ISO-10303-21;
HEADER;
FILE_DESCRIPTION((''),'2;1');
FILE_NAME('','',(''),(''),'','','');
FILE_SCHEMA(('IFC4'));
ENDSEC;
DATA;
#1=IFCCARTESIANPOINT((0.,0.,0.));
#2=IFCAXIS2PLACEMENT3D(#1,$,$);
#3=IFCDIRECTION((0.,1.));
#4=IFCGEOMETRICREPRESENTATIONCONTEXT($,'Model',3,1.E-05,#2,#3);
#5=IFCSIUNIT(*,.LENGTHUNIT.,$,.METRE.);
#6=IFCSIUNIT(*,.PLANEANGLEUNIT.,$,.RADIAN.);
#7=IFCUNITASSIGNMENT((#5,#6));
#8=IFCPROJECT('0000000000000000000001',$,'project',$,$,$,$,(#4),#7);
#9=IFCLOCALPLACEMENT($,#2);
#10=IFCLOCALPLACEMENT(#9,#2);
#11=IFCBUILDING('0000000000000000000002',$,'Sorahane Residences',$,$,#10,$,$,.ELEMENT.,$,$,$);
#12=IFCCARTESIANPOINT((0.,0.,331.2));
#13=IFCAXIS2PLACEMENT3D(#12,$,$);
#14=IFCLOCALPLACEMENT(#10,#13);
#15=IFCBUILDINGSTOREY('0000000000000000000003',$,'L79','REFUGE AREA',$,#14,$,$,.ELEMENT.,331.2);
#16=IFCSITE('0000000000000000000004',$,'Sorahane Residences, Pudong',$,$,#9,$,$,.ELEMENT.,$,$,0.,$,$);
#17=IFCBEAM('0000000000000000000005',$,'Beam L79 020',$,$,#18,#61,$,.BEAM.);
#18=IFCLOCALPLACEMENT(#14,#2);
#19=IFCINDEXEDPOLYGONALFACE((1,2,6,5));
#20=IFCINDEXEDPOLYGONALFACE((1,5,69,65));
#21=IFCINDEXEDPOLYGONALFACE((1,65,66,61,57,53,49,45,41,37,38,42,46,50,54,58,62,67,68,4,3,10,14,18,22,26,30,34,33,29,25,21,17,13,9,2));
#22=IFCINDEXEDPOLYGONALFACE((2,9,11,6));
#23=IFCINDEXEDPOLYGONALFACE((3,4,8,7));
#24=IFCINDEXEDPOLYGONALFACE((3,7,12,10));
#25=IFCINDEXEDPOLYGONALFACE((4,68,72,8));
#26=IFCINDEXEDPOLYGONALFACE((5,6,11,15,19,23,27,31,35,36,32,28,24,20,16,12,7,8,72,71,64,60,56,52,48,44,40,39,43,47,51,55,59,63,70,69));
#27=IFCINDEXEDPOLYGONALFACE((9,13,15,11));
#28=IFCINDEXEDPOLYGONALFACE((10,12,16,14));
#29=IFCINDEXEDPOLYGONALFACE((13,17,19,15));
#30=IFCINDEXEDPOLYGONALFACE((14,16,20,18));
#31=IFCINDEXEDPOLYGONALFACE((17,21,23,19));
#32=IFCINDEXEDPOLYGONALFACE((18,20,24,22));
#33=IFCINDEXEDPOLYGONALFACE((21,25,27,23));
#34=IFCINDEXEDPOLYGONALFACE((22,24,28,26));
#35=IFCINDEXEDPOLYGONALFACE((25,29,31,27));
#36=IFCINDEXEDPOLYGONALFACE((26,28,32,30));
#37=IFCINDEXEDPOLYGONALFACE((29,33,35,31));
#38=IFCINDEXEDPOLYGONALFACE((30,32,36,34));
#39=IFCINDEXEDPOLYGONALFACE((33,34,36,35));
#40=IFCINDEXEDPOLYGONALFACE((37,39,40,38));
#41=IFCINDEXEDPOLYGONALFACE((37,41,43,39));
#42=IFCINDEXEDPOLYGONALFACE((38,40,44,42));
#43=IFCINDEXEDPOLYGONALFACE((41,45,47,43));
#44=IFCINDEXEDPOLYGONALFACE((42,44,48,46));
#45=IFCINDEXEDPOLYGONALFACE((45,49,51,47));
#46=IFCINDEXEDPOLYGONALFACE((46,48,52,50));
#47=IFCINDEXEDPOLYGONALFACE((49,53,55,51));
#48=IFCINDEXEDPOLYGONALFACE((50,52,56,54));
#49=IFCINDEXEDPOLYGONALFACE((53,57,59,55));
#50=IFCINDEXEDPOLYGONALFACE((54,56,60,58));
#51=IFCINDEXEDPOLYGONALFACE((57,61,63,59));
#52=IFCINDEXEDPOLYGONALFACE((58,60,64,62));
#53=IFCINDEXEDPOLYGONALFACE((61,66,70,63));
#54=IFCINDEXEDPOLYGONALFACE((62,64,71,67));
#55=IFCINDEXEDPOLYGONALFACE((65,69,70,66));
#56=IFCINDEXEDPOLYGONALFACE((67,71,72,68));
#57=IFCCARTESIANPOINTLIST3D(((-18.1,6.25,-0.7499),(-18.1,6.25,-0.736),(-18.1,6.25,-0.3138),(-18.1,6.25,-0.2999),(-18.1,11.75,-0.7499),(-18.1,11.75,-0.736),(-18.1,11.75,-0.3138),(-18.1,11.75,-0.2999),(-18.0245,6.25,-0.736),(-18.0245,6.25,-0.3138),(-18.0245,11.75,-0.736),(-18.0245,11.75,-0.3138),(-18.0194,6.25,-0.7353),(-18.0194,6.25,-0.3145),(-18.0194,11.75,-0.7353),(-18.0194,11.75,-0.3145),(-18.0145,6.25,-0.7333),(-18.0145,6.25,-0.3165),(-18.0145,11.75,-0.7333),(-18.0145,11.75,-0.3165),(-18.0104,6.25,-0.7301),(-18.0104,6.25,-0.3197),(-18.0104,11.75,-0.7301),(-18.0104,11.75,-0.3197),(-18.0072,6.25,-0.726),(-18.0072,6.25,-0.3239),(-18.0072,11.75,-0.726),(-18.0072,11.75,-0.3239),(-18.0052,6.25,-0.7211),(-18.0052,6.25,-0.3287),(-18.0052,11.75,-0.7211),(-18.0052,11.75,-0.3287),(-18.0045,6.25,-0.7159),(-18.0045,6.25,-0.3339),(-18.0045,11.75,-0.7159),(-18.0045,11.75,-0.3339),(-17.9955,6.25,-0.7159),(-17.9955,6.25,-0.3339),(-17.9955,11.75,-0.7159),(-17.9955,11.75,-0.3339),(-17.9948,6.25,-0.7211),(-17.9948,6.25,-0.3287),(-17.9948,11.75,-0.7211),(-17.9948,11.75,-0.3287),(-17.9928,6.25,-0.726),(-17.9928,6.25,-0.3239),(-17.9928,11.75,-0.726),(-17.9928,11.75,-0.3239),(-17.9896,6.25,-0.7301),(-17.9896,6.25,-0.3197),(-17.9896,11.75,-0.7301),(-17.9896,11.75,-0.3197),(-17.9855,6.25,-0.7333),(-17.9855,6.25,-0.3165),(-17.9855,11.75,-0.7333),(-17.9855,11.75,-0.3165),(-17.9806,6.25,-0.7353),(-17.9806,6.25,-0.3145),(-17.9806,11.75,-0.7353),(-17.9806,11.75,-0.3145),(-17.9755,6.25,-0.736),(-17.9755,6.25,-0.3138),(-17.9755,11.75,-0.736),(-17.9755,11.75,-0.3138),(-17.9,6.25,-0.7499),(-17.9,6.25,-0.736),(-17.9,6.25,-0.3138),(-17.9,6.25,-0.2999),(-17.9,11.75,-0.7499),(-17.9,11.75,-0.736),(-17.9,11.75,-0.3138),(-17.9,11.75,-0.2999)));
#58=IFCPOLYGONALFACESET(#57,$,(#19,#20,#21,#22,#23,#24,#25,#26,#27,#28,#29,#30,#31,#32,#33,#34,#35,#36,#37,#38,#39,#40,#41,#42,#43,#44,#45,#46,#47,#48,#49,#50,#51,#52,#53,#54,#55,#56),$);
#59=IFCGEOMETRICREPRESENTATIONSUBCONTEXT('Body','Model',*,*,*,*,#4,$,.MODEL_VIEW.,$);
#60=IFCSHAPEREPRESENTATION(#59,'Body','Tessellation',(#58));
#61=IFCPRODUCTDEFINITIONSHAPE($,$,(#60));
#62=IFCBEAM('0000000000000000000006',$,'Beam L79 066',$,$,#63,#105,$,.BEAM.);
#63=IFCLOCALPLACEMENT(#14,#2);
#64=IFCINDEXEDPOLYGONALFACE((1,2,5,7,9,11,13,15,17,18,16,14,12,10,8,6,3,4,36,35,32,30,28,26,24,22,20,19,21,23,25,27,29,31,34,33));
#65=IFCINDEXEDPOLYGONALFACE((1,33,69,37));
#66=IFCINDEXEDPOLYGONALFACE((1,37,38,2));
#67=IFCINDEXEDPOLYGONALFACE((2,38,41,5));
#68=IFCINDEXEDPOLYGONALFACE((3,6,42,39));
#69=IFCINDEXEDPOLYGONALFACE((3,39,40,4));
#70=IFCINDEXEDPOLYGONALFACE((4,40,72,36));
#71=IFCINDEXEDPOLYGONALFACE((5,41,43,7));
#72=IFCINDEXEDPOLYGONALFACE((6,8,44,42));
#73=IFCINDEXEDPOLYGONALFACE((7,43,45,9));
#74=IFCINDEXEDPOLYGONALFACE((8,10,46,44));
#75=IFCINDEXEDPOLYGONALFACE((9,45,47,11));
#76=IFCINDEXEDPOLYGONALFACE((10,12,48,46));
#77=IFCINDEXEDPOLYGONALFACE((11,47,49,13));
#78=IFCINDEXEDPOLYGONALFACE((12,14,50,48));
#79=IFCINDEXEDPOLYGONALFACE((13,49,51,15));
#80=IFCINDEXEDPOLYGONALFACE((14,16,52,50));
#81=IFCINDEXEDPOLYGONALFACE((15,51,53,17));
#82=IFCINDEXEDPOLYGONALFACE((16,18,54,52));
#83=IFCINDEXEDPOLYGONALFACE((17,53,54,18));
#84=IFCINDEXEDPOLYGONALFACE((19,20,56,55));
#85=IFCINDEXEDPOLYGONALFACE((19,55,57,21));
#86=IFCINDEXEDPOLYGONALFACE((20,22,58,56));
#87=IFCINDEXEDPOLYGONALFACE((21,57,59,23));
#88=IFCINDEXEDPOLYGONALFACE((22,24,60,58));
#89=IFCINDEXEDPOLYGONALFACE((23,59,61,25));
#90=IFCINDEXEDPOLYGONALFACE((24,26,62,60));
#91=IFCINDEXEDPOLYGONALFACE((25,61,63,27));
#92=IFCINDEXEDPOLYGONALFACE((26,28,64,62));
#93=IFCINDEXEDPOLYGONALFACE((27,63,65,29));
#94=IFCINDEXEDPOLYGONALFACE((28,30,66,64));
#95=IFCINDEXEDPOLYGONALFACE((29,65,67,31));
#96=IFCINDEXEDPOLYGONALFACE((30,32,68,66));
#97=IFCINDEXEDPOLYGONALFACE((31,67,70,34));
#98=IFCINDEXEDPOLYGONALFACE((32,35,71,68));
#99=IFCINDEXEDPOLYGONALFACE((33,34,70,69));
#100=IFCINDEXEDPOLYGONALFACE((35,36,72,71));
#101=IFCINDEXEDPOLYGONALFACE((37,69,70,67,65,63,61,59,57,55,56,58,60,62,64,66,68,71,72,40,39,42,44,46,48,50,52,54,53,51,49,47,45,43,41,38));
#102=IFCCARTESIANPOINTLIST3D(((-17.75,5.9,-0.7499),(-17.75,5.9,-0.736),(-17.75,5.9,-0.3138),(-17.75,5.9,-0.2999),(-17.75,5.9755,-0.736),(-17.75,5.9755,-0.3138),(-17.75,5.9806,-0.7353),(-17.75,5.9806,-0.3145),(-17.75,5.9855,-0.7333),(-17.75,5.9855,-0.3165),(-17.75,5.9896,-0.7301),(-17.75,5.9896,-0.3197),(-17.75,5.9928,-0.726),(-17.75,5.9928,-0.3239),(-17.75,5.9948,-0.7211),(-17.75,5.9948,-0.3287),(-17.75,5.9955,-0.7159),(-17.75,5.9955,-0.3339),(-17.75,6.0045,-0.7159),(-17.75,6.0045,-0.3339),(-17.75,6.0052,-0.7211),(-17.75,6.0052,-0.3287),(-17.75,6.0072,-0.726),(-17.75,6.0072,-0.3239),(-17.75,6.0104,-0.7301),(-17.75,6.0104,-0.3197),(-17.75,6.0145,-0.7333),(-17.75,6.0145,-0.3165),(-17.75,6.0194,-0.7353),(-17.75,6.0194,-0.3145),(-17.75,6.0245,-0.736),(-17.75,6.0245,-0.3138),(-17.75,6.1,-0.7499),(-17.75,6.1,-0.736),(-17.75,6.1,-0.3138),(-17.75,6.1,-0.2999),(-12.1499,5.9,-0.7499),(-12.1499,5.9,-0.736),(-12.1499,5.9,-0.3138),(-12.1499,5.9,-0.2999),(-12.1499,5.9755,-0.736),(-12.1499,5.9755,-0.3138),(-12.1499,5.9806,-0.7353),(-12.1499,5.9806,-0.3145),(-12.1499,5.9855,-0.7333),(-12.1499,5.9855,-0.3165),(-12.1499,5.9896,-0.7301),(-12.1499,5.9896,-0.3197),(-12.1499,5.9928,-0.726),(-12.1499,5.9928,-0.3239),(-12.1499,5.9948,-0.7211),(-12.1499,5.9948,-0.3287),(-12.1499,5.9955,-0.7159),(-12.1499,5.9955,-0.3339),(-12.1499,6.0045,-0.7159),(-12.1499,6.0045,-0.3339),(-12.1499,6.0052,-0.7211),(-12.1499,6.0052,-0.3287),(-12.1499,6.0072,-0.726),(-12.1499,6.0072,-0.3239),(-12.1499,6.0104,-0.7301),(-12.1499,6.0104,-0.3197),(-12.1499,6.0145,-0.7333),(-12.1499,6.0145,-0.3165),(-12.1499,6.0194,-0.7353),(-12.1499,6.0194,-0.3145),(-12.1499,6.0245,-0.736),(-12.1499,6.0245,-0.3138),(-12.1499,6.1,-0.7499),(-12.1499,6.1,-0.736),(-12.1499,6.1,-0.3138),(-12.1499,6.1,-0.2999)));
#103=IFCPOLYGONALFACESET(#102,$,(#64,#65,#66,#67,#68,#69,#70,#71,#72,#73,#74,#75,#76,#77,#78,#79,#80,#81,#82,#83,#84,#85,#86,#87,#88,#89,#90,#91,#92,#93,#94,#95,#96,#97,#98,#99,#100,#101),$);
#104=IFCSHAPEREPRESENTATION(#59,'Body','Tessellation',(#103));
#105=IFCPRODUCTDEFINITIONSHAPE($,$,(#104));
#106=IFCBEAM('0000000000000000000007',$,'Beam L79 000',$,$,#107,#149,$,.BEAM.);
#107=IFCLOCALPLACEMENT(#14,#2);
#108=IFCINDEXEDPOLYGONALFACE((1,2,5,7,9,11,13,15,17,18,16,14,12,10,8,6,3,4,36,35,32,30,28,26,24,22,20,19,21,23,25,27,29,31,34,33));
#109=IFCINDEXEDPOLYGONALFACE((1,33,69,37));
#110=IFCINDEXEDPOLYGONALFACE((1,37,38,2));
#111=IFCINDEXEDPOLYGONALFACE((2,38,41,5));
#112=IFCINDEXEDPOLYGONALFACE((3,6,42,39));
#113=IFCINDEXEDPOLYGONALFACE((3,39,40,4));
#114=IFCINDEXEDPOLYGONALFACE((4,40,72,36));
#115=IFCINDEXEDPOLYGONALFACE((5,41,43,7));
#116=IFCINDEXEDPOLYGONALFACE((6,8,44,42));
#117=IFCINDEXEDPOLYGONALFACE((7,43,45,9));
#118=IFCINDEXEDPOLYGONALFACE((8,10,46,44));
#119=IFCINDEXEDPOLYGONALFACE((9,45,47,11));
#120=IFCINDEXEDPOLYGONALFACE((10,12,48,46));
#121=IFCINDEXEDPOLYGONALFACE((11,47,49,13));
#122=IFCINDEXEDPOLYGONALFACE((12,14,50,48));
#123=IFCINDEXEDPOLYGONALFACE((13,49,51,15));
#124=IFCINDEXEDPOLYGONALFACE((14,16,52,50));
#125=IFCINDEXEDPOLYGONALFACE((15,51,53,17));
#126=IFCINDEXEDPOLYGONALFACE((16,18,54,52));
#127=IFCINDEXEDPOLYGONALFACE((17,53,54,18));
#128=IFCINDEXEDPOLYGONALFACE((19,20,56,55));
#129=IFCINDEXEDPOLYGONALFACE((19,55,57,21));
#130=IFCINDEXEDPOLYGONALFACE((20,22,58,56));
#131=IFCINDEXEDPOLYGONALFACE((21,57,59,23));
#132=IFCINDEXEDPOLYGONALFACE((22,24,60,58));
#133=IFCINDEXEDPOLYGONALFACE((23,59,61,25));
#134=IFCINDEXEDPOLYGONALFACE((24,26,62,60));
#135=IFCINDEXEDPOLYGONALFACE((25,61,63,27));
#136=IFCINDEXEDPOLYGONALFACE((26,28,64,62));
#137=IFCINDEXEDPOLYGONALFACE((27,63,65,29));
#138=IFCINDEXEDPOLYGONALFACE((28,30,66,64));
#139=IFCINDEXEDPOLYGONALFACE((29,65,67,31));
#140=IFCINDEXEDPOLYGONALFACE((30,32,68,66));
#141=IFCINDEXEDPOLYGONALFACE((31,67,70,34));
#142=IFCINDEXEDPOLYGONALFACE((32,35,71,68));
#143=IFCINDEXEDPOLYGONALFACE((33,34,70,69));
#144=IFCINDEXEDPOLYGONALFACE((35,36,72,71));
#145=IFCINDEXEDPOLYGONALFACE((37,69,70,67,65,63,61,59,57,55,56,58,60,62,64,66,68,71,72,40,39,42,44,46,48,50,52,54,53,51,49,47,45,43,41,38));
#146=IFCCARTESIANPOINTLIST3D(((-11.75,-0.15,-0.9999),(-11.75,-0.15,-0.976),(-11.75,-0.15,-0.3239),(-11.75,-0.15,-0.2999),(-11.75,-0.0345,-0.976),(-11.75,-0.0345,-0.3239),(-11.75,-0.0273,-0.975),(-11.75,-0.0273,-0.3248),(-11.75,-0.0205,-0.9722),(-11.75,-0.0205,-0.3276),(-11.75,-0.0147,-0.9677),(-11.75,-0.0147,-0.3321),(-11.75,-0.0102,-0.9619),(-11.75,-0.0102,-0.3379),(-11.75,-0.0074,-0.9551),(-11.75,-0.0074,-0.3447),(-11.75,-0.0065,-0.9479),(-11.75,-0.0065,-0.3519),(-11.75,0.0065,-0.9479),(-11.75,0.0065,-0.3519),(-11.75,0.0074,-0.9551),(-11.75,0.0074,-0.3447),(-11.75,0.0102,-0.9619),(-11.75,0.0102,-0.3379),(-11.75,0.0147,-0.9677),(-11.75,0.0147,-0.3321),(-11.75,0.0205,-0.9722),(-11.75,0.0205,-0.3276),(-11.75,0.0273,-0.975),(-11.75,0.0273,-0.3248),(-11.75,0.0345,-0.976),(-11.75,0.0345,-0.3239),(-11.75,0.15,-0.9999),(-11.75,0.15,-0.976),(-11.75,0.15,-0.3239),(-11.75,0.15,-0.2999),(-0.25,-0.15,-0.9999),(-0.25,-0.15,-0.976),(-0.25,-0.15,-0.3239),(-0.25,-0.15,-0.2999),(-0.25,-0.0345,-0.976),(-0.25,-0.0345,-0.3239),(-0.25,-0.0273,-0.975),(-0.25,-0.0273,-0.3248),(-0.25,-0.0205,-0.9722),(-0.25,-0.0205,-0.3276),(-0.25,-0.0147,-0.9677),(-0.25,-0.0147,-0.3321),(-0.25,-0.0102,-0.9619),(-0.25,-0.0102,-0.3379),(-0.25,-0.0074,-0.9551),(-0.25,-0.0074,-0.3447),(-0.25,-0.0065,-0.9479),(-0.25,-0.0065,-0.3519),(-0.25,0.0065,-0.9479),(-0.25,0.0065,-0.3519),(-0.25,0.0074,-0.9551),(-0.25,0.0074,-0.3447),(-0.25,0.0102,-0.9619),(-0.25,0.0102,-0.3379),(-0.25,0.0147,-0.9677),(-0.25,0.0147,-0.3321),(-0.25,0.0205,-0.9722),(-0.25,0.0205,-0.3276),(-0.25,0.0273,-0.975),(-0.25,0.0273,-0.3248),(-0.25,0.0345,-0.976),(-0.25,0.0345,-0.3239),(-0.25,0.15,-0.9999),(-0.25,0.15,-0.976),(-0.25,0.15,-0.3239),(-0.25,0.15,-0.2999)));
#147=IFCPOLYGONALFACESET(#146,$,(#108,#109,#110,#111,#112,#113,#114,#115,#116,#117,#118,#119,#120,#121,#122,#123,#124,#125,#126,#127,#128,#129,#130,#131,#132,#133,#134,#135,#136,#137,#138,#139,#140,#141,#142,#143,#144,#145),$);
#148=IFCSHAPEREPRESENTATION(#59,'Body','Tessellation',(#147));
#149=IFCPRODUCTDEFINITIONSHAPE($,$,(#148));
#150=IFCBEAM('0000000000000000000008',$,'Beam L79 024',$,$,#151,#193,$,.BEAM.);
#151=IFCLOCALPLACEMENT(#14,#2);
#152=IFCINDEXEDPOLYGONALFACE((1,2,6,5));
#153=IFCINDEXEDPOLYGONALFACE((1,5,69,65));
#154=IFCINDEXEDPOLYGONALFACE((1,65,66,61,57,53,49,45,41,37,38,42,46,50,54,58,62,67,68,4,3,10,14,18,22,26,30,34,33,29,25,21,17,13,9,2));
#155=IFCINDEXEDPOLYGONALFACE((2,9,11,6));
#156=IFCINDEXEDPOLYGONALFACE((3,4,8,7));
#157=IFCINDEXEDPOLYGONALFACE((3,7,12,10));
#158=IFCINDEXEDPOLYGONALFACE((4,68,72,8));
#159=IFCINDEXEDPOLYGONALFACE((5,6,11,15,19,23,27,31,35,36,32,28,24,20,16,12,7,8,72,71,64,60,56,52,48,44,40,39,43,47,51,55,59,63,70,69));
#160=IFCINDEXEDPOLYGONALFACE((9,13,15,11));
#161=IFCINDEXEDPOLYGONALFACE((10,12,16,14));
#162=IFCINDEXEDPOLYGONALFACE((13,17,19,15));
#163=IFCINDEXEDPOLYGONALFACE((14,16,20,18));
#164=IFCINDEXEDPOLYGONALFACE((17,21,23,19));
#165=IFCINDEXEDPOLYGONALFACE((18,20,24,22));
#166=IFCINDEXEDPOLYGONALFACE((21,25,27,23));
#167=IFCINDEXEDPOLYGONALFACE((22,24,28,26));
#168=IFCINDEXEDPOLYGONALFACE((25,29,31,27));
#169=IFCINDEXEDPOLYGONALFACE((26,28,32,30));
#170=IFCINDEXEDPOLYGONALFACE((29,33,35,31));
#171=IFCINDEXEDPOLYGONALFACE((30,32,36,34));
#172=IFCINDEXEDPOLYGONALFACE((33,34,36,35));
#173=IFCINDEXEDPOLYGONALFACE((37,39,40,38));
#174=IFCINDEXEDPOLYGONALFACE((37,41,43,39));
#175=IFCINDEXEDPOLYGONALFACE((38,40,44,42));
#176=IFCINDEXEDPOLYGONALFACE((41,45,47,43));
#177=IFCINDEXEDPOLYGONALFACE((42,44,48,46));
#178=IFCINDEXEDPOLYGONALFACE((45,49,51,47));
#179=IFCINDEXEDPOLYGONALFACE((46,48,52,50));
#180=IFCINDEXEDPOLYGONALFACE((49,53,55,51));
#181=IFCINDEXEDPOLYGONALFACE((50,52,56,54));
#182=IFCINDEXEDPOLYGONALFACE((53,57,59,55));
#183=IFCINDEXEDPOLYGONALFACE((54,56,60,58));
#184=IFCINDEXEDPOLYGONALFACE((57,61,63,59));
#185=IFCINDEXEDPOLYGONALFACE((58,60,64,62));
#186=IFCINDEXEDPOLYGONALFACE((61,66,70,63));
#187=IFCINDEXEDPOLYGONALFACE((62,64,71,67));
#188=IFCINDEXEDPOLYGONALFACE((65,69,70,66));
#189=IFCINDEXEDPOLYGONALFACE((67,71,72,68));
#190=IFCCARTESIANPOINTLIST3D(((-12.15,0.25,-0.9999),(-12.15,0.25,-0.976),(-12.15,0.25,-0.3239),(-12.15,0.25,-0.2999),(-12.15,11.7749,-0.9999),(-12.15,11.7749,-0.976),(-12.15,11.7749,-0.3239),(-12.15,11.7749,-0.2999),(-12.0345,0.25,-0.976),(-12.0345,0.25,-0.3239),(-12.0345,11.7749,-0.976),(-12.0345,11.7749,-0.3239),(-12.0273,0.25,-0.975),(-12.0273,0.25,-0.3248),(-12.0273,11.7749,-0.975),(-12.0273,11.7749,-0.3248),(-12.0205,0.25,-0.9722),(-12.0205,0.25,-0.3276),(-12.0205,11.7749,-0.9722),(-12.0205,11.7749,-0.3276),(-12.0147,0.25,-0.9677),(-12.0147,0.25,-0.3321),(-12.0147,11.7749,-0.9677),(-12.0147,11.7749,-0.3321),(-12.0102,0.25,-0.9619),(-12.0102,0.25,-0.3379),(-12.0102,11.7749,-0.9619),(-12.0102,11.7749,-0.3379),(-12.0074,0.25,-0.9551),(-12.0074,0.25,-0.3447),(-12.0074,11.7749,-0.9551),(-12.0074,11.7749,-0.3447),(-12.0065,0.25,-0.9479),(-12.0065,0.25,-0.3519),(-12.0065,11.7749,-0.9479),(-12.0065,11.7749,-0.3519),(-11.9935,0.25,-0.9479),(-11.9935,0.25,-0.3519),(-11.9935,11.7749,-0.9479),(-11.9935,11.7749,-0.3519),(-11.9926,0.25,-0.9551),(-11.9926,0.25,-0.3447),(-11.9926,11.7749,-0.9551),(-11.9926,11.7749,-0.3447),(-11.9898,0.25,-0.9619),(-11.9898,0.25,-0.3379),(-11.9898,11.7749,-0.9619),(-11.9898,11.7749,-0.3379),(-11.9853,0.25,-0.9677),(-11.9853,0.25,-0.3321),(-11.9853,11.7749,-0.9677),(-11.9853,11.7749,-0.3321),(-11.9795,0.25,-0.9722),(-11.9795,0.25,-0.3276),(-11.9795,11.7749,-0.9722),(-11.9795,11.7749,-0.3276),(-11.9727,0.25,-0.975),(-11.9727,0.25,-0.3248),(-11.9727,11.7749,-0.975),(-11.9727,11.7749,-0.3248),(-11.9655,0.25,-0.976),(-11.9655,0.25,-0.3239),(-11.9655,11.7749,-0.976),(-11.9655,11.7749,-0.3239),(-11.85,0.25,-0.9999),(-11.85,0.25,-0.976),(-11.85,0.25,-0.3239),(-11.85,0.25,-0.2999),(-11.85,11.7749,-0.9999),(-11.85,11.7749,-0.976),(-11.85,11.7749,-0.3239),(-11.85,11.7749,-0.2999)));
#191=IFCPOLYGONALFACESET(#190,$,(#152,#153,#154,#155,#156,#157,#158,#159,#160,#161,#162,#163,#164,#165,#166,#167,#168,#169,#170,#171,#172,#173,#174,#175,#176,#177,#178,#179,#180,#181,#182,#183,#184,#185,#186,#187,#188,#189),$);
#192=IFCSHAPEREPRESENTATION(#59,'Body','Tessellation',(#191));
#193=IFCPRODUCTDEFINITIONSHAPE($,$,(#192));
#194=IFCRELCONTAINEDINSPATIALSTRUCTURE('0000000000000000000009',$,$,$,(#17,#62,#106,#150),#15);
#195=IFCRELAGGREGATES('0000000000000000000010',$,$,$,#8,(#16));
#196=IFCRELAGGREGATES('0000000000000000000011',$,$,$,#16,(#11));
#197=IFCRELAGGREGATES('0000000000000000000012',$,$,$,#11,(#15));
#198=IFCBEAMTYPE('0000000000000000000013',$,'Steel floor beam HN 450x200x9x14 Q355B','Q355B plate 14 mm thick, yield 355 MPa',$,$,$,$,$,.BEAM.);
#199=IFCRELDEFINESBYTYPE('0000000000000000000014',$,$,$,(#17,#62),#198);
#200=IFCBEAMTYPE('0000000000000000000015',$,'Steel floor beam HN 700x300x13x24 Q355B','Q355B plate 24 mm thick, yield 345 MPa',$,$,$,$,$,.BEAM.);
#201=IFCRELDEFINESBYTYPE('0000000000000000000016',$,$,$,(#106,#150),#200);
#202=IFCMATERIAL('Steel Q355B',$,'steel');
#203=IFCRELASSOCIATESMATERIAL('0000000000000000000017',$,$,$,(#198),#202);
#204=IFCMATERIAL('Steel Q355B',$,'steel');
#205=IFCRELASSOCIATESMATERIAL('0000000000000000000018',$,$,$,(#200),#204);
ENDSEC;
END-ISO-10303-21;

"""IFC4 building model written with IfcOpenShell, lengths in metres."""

from ifc_helpers import new_model, si_unit, direction, frame, origin, origin_2d, place, context, subcontext, project, spatial, i_section, extrude, material, material_profile, profile_set, type_object, element, save


model = new_model("IFC4")

# Units and contexts
model_context = context("Model", 3, precision=1e-05, world=origin(), true_north=direction((0.0, 1.0)))
body_context = subcontext(model_context, "Body", "Model", "MODEL_VIEW")
ifc_project = project(units=[si_unit("LENGTHUNIT", "METRE"), si_unit("PLANEANGLEUNIT", "RADIAN")], contexts=[model_context])

# Site, building, storey
site_placement = place(None, origin())
site = spatial("IfcSite", under=ifc_project, at=site_placement, Name="Sorahane Residences, Pudong", CompositionType="ELEMENT", RefElevation=0.0)
building_placement = place(site_placement, origin())
building = spatial("IfcBuilding", under=site, at=building_placement, Name="Sorahane Residences", CompositionType="ELEMENT")
storey_placement = place(building_placement, frame((0.0, 0.0, 331.2)))
storey = spatial("IfcBuildingStorey", under=building, at=storey_placement, Name="L79", Description="REFUGE AREA", CompositionType="ELEMENT", Elevation=331.2)

# Beams
ifc_material_1 = material(Name="Steel Q355B", Category="steel")
ifc_material_profile_1 = material_profile(ifc_material_1, i_section(OverallWidth=0.2, OverallDepth=0.45, WebThickness=0.009, FlangeThickness=0.0139, FilletRadius=0.02, at=origin_2d()), Name="HN 450x200x9x14")
ifc_profile_set_1 = profile_set([ifc_material_profile_1], Name="Steel Q355B")
beam_type_1 = type_object("IfcBeamType", Name="Steel floor beam HN 450x200x9x14 Q355B", Description="Q355B plate 14 mm thick, yield 355 MPa", PredefinedType="BEAM", material=ifc_profile_set_1)
beam_1_placement = place(storey_placement, frame((-18.0, 6.25, -0.5249), z_axis=(0.0, 1.0, 0.0), x_axis=(-1.0, 0.0, 0.0)))
element("IfcBeam", 1, at=beam_1_placement, inside=storey, type_object=beam_type_1, Name="Beam L79 020", PredefinedType="BEAM", context=body_context, shape_type="SweptSolid", body=[
    extrude(i_section(OverallWidth=0.2, OverallDepth=0.45, WebThickness=0.009, FlangeThickness=0.0139, FilletRadius=0.02, at=origin_2d()), origin(), (0.0, 0.0, 1.0), 5.5),
])
beam_2_placement = place(storey_placement, frame((-17.75, 6.0, -0.5249), z_axis=(1.0, 0.0, 0.0), x_axis=(0.0, 1.0, 0.0)))
element("IfcBeam", 2, at=beam_2_placement, inside=storey, type_object=beam_type_1, Name="Beam L79 066", PredefinedType="BEAM", context=body_context, shape_type="SweptSolid", body=[
    extrude(i_section(OverallWidth=0.2, OverallDepth=0.45, WebThickness=0.009, FlangeThickness=0.0139, FilletRadius=0.02, at=origin_2d()), origin(), (0.0, 0.0, 1.0), 5.6001),
])
ifc_material_2 = material(Name="Steel Q355B", Category="steel")
ifc_material_profile_2 = material_profile(ifc_material_2, i_section(OverallWidth=0.3, OverallDepth=0.7, WebThickness=0.0129, FlangeThickness=0.0239, FilletRadius=0.0281, at=origin_2d()), Name="HN 700x300x13x24")
ifc_profile_set_2 = profile_set([ifc_material_profile_2], Name="Steel Q355B")
beam_type_2 = type_object("IfcBeamType", Name="Steel floor beam HN 700x300x13x24 Q355B", Description="Q355B plate 24 mm thick, yield 345 MPa", PredefinedType="BEAM", material=ifc_profile_set_2)
beam_3_placement = place(storey_placement, frame((-11.75, 0.0, -0.6499), z_axis=(1.0, 0.0, 0.0), x_axis=(0.0, 1.0, 0.0)))
element("IfcBeam", 3, at=beam_3_placement, inside=storey, type_object=beam_type_2, Name="Beam L79 000", PredefinedType="BEAM", context=body_context, shape_type="SweptSolid", body=[
    extrude(i_section(OverallWidth=0.3, OverallDepth=0.7, WebThickness=0.0129, FlangeThickness=0.0239, FilletRadius=0.0281, at=origin_2d()), origin(), (0.0, 0.0, 1.0), 11.5),
])
beam_4_placement = place(storey_placement, frame((-12.0, 0.25, -0.6499), z_axis=(0.0, 1.0, 0.0), x_axis=(-1.0, 0.0, 0.0)))
element("IfcBeam", 4, at=beam_4_placement, inside=storey, type_object=beam_type_2, Name="Beam L79 024", PredefinedType="BEAM", context=body_context, shape_type="SweptSolid", body=[
    extrude(i_section(OverallWidth=0.3, OverallDepth=0.7, WebThickness=0.0129, FlangeThickness=0.0239, FilletRadius=0.0281, at=origin_2d()), origin(), (0.0, 0.0, 1.0), 11.5249),
])

save(model, "model.ifc")
